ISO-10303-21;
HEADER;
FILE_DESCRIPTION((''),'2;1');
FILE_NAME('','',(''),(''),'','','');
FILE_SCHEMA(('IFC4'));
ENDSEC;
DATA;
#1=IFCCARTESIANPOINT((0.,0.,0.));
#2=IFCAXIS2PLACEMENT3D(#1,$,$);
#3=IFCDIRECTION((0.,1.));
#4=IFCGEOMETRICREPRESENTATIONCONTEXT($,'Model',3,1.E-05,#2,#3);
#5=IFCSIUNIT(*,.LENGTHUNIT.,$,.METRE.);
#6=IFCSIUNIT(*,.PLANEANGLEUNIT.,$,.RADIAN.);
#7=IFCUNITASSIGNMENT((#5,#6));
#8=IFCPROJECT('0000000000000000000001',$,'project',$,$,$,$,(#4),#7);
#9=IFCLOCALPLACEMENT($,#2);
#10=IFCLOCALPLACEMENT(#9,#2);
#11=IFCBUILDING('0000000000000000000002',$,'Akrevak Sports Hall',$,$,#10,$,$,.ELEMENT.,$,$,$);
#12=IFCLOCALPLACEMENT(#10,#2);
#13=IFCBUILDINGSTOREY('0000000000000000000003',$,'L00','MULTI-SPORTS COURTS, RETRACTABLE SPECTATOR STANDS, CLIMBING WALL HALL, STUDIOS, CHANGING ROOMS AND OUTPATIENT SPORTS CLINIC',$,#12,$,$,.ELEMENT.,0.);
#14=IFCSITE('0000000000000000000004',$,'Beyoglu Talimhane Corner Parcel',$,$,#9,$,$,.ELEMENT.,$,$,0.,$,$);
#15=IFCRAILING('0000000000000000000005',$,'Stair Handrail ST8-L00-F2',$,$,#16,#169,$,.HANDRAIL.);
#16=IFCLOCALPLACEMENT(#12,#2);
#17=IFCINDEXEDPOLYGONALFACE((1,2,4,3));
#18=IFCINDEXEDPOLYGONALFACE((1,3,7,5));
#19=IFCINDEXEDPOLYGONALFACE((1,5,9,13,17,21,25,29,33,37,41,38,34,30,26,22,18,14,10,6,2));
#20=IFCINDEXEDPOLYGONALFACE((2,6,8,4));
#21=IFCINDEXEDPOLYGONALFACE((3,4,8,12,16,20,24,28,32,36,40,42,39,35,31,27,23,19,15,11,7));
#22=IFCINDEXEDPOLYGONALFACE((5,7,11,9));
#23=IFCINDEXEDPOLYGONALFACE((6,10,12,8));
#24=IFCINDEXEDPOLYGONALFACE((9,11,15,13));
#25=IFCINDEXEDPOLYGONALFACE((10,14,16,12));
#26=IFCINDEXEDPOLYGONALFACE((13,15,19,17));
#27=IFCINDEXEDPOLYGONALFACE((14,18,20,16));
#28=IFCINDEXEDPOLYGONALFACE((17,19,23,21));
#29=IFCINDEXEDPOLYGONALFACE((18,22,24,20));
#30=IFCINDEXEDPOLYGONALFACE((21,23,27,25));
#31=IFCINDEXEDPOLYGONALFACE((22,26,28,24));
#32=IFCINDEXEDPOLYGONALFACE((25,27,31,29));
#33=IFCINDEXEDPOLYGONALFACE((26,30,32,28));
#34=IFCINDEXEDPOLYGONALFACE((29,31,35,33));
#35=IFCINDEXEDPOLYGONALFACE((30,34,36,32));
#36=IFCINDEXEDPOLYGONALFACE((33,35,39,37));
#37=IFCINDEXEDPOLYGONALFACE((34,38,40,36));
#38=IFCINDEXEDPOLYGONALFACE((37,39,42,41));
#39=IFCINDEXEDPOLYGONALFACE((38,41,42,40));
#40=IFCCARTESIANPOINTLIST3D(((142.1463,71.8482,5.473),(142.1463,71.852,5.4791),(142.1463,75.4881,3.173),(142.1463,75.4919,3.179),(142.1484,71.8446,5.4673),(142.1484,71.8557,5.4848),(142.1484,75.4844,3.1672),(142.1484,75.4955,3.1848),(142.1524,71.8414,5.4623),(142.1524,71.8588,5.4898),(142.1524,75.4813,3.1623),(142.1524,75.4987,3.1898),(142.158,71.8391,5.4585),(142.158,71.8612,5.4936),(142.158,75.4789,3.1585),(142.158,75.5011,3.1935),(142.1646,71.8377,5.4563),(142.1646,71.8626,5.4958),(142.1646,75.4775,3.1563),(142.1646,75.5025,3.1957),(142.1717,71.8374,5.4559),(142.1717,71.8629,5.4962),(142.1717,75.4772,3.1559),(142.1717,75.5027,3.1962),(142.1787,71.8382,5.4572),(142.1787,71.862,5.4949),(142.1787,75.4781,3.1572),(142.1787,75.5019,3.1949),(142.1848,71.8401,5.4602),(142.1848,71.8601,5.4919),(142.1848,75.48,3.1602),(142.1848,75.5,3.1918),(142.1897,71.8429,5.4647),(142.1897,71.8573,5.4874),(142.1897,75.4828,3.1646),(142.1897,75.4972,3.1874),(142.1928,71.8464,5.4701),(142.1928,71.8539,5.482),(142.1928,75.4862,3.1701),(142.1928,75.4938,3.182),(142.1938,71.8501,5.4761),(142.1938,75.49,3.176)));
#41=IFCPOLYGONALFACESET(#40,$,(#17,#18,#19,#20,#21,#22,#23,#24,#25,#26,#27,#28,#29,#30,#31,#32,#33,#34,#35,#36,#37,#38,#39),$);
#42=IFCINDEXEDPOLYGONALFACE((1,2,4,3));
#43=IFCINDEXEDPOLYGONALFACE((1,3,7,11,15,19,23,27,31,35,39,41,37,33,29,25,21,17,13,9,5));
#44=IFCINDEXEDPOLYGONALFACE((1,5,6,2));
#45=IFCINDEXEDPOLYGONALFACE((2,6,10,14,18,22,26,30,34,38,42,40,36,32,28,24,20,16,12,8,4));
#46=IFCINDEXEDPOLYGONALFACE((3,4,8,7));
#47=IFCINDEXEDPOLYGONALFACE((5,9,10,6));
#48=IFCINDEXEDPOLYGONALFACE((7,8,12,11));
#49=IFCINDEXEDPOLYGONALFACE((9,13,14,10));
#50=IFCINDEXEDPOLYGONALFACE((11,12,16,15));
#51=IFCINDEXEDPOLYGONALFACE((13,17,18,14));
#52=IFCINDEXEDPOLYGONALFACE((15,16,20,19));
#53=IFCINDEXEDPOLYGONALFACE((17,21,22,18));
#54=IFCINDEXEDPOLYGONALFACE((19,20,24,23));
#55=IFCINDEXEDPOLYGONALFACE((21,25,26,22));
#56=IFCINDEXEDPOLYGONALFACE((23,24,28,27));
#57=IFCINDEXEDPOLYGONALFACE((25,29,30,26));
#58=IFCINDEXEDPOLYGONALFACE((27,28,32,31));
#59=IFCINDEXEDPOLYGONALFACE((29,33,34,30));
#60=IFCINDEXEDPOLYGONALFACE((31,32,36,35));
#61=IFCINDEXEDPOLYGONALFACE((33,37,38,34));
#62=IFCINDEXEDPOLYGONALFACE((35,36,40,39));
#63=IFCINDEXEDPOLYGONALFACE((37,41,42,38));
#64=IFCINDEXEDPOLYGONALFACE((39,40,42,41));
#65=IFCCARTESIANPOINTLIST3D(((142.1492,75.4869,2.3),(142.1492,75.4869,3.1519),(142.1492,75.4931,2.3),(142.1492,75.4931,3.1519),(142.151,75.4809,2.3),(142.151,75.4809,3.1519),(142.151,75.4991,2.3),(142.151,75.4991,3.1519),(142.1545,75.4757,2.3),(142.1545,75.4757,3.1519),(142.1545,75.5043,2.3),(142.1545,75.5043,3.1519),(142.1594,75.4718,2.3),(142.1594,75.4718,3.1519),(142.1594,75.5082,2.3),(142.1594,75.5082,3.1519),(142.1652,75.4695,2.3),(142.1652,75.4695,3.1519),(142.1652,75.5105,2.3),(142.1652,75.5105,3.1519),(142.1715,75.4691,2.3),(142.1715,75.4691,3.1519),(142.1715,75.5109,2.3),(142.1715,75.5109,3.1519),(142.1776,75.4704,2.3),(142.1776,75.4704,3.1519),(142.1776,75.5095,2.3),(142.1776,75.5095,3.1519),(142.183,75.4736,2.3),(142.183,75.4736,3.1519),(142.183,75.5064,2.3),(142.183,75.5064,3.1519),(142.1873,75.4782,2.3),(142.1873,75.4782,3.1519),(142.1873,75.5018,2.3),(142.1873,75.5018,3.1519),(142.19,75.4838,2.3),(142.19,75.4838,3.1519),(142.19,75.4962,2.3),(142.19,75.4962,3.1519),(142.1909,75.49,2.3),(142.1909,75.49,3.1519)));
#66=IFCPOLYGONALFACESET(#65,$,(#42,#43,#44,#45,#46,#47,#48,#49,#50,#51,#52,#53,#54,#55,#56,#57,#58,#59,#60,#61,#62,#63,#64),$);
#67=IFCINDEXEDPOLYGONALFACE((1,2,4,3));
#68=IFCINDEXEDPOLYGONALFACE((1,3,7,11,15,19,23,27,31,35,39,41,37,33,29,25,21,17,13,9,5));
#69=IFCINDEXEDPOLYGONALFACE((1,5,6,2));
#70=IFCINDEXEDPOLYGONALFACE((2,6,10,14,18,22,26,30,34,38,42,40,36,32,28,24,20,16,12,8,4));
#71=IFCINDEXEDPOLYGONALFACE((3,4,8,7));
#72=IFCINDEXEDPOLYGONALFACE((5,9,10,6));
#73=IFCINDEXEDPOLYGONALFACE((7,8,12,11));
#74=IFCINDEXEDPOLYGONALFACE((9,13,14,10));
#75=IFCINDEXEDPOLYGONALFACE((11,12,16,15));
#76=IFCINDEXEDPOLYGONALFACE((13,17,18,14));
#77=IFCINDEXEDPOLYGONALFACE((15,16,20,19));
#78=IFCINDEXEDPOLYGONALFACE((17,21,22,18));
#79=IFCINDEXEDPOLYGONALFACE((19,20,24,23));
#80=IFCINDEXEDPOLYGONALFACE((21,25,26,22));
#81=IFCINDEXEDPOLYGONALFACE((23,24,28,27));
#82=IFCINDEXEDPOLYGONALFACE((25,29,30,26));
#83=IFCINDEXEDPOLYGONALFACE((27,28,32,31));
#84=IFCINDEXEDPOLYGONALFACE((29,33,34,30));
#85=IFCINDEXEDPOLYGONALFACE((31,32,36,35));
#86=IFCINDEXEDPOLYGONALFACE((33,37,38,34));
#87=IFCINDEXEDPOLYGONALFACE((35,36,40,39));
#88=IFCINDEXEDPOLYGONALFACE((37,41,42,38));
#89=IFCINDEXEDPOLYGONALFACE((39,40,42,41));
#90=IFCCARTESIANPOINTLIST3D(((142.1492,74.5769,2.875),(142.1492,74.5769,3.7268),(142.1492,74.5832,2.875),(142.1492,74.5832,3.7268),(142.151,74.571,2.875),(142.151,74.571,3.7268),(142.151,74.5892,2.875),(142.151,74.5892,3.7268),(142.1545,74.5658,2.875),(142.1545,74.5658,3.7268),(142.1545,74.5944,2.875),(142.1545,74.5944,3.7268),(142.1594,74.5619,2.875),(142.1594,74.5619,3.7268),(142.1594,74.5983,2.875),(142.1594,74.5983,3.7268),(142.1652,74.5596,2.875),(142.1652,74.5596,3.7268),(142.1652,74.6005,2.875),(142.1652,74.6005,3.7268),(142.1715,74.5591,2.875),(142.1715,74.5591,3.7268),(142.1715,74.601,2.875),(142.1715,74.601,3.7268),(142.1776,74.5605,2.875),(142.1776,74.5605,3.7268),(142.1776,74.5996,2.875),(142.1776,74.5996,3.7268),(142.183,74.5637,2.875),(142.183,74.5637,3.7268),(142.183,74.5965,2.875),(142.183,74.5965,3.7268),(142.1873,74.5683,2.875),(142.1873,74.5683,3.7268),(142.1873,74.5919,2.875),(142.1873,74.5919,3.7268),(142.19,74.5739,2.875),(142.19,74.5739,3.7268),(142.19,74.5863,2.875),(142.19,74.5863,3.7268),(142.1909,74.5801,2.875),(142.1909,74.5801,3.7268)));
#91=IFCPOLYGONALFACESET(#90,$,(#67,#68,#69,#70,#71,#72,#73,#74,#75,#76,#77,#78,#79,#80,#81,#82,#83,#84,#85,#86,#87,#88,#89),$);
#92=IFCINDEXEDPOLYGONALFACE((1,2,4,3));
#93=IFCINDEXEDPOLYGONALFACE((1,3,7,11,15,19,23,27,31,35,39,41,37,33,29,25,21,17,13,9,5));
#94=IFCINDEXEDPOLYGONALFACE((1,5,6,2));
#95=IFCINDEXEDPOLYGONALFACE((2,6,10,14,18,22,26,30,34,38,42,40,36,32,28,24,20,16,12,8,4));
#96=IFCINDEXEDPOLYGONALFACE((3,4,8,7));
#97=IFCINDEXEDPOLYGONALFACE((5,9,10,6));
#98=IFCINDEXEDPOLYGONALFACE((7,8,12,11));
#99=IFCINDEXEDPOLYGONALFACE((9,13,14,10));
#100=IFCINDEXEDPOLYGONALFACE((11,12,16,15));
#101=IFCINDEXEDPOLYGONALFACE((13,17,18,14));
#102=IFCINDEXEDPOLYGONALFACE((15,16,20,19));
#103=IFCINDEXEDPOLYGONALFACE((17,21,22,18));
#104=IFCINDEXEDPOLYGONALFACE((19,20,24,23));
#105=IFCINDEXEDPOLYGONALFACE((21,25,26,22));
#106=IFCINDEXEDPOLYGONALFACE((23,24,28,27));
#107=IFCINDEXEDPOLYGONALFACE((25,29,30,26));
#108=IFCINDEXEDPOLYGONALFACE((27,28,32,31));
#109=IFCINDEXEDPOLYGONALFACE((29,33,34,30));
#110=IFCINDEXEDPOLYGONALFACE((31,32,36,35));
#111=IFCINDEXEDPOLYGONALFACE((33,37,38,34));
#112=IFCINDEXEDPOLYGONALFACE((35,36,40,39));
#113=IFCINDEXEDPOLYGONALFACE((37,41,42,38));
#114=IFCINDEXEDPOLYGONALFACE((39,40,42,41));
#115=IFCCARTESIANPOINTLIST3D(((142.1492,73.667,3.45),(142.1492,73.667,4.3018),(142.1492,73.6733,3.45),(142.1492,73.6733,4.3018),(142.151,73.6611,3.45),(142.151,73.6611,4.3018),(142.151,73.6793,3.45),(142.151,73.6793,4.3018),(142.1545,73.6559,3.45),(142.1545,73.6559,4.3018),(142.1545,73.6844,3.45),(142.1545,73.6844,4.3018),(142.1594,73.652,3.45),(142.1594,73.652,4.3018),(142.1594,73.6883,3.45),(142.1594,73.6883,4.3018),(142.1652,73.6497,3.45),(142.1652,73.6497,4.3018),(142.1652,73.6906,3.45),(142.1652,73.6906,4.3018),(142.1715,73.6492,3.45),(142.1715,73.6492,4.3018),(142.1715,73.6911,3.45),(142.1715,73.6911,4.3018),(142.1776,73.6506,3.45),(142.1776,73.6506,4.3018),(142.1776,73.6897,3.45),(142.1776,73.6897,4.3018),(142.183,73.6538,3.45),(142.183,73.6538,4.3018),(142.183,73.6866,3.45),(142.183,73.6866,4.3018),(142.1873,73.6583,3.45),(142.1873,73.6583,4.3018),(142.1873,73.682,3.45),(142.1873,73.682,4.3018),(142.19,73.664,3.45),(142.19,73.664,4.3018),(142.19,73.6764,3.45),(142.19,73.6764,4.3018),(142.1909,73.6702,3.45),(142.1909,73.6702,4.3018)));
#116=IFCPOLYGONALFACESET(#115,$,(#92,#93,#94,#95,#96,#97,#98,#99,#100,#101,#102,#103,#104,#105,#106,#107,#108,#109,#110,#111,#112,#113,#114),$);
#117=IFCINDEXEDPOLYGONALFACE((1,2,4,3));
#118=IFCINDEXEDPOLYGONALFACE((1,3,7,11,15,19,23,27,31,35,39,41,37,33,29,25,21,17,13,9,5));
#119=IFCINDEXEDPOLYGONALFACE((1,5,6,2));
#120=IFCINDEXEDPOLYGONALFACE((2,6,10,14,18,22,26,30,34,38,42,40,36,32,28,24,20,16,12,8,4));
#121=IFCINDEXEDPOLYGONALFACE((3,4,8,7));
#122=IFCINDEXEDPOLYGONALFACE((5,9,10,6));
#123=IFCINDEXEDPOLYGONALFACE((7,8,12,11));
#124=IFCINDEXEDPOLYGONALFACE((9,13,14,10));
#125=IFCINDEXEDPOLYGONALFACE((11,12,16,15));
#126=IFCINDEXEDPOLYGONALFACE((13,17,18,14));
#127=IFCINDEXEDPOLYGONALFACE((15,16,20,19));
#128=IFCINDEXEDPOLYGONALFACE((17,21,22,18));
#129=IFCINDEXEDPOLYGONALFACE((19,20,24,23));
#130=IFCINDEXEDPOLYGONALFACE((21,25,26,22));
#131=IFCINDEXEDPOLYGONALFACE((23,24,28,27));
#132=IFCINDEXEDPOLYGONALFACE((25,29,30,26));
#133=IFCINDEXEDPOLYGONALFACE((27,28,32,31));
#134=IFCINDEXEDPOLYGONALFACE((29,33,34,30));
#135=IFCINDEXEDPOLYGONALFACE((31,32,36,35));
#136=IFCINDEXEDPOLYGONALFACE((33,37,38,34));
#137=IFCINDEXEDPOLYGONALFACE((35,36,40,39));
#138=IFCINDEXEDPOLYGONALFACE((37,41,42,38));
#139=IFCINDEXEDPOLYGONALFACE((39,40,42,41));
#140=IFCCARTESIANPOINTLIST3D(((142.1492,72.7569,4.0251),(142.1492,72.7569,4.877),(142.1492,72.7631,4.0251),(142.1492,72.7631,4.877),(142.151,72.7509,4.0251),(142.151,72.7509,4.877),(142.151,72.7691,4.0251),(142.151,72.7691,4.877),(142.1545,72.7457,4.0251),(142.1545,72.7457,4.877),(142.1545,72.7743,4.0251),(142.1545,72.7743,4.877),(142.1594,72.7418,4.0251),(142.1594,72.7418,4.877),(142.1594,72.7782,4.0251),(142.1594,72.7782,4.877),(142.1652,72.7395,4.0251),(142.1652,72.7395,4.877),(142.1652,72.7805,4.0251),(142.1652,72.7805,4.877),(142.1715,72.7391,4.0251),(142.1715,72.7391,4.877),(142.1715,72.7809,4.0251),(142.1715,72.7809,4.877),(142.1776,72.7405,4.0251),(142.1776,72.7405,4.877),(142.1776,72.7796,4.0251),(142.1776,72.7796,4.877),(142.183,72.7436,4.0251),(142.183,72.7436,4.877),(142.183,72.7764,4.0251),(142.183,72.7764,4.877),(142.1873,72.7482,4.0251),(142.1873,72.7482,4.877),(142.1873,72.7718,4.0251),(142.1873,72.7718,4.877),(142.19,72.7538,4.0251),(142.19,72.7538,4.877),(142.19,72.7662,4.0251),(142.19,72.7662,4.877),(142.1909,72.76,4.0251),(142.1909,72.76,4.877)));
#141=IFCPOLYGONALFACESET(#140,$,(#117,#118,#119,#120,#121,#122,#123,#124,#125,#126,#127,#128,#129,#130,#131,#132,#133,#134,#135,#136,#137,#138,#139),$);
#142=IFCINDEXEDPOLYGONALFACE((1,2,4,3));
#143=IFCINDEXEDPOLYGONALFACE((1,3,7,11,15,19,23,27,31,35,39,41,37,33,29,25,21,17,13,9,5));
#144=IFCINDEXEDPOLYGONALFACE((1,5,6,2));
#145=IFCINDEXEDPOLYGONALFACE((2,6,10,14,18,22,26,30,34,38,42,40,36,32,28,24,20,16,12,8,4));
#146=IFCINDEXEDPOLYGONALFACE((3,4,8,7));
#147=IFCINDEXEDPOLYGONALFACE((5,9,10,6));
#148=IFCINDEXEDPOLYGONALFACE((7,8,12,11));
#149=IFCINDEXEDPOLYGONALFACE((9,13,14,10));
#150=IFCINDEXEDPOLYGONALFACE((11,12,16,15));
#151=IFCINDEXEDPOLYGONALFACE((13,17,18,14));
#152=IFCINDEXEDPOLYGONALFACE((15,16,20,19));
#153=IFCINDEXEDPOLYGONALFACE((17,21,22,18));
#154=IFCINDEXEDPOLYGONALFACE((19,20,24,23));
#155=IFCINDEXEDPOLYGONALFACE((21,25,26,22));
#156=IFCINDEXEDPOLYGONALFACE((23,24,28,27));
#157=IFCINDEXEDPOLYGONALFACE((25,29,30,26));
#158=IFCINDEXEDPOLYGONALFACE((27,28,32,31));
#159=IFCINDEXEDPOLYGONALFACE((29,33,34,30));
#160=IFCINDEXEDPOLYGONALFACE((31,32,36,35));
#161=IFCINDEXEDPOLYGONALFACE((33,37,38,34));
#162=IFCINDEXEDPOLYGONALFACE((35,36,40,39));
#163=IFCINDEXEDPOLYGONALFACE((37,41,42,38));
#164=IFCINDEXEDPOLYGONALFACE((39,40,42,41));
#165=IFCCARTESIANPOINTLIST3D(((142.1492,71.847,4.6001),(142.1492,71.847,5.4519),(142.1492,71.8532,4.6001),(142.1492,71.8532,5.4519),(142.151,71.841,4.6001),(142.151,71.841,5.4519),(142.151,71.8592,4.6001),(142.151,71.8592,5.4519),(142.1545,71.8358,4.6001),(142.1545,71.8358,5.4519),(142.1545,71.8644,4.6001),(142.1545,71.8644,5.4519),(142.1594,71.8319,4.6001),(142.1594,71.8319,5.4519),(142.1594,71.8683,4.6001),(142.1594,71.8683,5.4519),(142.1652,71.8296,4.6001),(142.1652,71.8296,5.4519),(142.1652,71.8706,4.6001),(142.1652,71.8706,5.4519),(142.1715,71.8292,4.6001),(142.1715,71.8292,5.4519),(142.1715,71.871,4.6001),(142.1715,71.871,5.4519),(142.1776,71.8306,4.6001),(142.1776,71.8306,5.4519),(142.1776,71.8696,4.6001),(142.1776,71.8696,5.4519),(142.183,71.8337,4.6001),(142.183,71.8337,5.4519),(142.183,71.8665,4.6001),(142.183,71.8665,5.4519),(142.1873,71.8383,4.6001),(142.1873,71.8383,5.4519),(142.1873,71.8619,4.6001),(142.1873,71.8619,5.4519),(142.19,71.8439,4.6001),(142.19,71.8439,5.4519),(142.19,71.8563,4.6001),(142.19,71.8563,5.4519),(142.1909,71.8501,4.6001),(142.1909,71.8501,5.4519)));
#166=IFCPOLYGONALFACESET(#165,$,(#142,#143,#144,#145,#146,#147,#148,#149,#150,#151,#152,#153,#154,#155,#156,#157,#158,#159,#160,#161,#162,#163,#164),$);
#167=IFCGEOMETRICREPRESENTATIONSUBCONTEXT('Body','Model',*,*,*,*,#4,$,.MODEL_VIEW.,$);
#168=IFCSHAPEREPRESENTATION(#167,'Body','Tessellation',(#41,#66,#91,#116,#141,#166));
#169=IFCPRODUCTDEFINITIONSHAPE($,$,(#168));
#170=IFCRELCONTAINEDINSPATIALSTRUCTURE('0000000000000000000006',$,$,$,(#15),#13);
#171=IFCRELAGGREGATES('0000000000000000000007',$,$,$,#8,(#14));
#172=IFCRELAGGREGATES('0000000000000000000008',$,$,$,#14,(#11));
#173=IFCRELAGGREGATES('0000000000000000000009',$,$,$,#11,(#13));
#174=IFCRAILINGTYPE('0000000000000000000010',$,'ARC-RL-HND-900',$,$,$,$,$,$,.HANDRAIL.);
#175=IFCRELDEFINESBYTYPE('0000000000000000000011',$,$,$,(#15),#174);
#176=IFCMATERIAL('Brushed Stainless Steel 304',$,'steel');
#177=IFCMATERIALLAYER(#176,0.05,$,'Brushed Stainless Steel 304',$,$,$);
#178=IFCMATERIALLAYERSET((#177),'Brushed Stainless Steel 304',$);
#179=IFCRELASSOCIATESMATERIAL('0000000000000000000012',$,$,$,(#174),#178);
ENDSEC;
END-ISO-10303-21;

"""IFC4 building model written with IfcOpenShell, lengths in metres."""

from ifc_helpers import new_model, si_unit, direction, frame, origin, origin_2d, place, context, subcontext, project, spatial, circle, extrude, material, layer, layer_set, type_object, element, save


model = new_model("IFC4")

# Units and contexts
model_context = context("Model", 3, precision=1e-05, world=origin(), true_north=direction((0.0, 1.0)))
body_context = subcontext(model_context, "Body", "Model", "MODEL_VIEW")
ifc_project = project(units=[si_unit("LENGTHUNIT", "METRE"), si_unit("PLANEANGLEUNIT", "RADIAN")], contexts=[model_context])

# Site, building, storey
site_placement = place(None, origin())
site = spatial("IfcSite", under=ifc_project, at=site_placement, Name="Beyoglu Talimhane Corner Parcel", CompositionType="ELEMENT", RefElevation=0.0)
building_placement = place(site_placement, origin())
building = spatial("IfcBuilding", under=site, at=building_placement, Name="Akrevak Sports Hall", CompositionType="ELEMENT")
storey_placement = place(building_placement, origin())
storey = spatial("IfcBuildingStorey", under=building, at=storey_placement, Name="L00", Description="MULTI-SPORTS COURTS, RETRACTABLE SPECTATOR STANDS, CLIMBING WALL HALL, STUDIOS, CHANGING ROOMS AND OUTPATIENT SPORTS CLINIC", CompositionType="ELEMENT", Elevation=0.0)

# Railing
ifc_material_1 = material(Name="Brushed Stainless Steel 304", Category="steel")
ifc_layer_1 = layer(ifc_material_1, 0.05, Name="Brushed Stainless Steel 304")
ifc_layer_set_1 = layer_set([ifc_layer_1], Name="Brushed Stainless Steel 304")
railing_type_1 = type_object("IfcRailingType", Name="ARC-RL-HND-900", PredefinedType="HANDRAIL", material=ifc_layer_set_1)
railing_1_placement = place(storey_placement, frame((142.1699, 75.49, 2.3)))
element("IfcRailing", 1, at=railing_1_placement, inside=storey, type_object=railing_type_1, Name="Stair Handrail ST8-L00-F2", PredefinedType="HANDRAIL", context=body_context, shape_type="SweptSolid", body=[
    extrude(circle(Radius=0.0239, at=origin_2d()), frame((0.0, 0.0, 0.876), z_axis=(0.0, -0.845366, 0.534187), x_axis=(1.0, 0.0, 0.0)), (0.0, 0.0, 1.0), 4.3057),
    extrude(circle(Radius=0.021, at=origin_2d()), origin(), (0.0, 0.0, 1.0), 0.8518),
    extrude(circle(Radius=0.021, at=origin_2d()), frame((0.0, -0.9099, 0.575)), (0.0, 0.0, 1.0), 0.8518),
    extrude(circle(Radius=0.021, at=origin_2d()), frame((0.0, -1.8198, 1.1499)), (0.0, 0.0, 1.0), 0.8518),
    extrude(circle(Radius=0.021, at=origin_2d()), frame((0.0, -2.73, 1.7251)), (0.0, 0.0, 1.0), 0.8518),
    extrude(circle(Radius=0.021, at=origin_2d()), frame((0.0, -3.6399, 2.3)), (0.0, 0.0, 1.0), 0.8518),
])

save(model, "model.ifc")
